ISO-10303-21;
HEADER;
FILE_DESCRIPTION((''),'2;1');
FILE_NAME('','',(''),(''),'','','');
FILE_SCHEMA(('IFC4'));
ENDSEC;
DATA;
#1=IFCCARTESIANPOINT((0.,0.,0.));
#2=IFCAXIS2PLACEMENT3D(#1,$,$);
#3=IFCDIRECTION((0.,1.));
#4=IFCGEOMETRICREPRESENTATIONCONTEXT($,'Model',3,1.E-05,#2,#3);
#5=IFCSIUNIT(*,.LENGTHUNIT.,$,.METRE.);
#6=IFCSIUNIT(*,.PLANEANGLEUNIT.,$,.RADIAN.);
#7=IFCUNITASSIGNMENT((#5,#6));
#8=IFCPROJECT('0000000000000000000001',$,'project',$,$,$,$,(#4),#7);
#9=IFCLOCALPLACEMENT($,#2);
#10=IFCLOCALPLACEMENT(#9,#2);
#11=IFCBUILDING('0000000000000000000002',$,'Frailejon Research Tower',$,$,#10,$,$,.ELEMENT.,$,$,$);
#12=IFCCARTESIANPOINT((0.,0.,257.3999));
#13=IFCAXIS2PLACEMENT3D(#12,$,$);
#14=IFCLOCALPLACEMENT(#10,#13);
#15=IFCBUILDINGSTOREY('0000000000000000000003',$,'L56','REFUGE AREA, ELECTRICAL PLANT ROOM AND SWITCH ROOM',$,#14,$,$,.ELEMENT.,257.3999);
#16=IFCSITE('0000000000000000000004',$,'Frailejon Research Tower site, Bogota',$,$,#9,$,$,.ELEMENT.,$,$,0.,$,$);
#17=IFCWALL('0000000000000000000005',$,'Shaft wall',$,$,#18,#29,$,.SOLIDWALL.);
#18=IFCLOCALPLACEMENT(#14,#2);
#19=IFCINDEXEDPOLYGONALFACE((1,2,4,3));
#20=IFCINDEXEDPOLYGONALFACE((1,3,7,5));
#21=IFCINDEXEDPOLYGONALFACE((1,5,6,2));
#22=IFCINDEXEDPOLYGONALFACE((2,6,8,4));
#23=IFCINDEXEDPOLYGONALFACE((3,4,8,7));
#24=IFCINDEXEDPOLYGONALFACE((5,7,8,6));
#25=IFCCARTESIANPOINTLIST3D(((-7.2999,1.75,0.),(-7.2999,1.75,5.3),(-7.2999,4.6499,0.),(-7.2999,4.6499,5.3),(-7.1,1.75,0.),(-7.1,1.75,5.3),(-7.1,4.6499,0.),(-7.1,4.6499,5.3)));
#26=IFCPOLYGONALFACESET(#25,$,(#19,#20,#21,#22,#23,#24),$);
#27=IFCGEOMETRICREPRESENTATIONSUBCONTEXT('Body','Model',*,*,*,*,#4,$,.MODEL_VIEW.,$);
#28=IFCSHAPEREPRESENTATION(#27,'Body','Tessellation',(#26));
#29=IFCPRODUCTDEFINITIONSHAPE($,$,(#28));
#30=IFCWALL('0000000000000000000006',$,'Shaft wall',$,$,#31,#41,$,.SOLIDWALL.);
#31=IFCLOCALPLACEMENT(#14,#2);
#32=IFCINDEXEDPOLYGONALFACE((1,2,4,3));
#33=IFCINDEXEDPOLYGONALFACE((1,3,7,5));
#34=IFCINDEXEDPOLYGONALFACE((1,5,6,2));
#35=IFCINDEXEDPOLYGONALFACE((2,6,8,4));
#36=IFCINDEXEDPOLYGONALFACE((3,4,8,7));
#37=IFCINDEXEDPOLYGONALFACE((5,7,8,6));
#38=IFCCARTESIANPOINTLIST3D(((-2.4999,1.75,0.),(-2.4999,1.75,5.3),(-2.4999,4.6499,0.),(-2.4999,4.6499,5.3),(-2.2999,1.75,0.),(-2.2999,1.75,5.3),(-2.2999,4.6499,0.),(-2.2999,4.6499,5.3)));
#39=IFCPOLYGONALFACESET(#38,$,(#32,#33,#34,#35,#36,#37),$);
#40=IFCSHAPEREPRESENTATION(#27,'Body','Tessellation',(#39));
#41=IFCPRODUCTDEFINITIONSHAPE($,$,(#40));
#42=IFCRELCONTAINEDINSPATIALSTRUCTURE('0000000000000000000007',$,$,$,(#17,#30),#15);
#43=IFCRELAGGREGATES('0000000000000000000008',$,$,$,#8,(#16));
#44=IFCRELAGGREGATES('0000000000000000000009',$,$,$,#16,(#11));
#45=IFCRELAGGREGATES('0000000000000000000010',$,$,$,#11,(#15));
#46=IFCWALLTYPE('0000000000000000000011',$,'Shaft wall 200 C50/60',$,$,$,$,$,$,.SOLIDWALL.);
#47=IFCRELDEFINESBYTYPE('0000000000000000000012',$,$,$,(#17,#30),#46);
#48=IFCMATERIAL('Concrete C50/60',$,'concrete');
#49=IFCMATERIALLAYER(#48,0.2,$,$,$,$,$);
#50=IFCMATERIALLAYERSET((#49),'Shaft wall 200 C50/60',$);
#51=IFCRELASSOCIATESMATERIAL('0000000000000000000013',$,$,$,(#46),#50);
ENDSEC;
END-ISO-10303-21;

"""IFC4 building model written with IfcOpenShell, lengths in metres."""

from ifc_helpers import new_model, si_unit, direction, frame, frame_2d, origin, place, context, subcontext, project, spatial, rectangle, extrude, material, layer, layer_set, type_object, element, save


model = new_model("IFC4")

# Units and contexts
model_context = context("Model", 3, precision=1e-05, world=origin(), true_north=direction((0.0, 1.0)))
body_context = subcontext(model_context, "Body", "Model", "MODEL_VIEW")
ifc_project = project(units=[si_unit("LENGTHUNIT", "METRE"), si_unit("PLANEANGLEUNIT", "RADIAN")], contexts=[model_context])

# Site, building, storey
site_placement = place(None, origin())
site = spatial("IfcSite", under=ifc_project, at=site_placement, Name="Frailejon Research Tower site, Bogota", CompositionType="ELEMENT", RefElevation=0.0)
building_placement = place(site_placement, origin())
building = spatial("IfcBuilding", under=site, at=building_placement, Name="Frailejon Research Tower", CompositionType="ELEMENT")
storey_placement = place(building_placement, frame((0.0, 0.0, 257.3999)))
storey = spatial("IfcBuildingStorey", under=building, at=storey_placement, Name="L56", Description="REFUGE AREA, ELECTRICAL PLANT ROOM AND SWITCH ROOM", CompositionType="ELEMENT", Elevation=257.3999)

# Walls
ifc_material_1 = material(Name="Concrete C50/60", Category="concrete")
ifc_layer_1 = layer(ifc_material_1, 0.2)
ifc_layer_set_1 = layer_set([ifc_layer_1], Name="Shaft wall 200 C50/60")
wall_type_1 = type_object("IfcWallType", Name="Shaft wall 200 C50/60", PredefinedType="SOLIDWALL", material=ifc_layer_set_1)
for number, where, z_axis, x_axis, name in (
    (1, (-7.2, 1.75, 0.0), (0.0, 0.0, 1.0), (0.0, 1.0, 0.0), "Shaft wall"),
    (2, (-2.3999, 1.75, 0.0), (0.0, 0.0, 1.0), (0.0, 1.0, 0.0), "Shaft wall"),
):
    element("IfcWall", number, at=place(storey_placement, frame(where, z_axis=z_axis, x_axis=x_axis)), inside=storey, type_object=wall_type_1, Name=name, PredefinedType="SOLIDWALL", context=body_context, shape_type="SweptSolid", body=[
        extrude(rectangle(XDim=2.8999, YDim=0.2, at=frame_2d((1.45, 0.0))), origin(), (0.0, 0.0, 1.0), 5.3),
    ])

save(model, "model.ifc")
